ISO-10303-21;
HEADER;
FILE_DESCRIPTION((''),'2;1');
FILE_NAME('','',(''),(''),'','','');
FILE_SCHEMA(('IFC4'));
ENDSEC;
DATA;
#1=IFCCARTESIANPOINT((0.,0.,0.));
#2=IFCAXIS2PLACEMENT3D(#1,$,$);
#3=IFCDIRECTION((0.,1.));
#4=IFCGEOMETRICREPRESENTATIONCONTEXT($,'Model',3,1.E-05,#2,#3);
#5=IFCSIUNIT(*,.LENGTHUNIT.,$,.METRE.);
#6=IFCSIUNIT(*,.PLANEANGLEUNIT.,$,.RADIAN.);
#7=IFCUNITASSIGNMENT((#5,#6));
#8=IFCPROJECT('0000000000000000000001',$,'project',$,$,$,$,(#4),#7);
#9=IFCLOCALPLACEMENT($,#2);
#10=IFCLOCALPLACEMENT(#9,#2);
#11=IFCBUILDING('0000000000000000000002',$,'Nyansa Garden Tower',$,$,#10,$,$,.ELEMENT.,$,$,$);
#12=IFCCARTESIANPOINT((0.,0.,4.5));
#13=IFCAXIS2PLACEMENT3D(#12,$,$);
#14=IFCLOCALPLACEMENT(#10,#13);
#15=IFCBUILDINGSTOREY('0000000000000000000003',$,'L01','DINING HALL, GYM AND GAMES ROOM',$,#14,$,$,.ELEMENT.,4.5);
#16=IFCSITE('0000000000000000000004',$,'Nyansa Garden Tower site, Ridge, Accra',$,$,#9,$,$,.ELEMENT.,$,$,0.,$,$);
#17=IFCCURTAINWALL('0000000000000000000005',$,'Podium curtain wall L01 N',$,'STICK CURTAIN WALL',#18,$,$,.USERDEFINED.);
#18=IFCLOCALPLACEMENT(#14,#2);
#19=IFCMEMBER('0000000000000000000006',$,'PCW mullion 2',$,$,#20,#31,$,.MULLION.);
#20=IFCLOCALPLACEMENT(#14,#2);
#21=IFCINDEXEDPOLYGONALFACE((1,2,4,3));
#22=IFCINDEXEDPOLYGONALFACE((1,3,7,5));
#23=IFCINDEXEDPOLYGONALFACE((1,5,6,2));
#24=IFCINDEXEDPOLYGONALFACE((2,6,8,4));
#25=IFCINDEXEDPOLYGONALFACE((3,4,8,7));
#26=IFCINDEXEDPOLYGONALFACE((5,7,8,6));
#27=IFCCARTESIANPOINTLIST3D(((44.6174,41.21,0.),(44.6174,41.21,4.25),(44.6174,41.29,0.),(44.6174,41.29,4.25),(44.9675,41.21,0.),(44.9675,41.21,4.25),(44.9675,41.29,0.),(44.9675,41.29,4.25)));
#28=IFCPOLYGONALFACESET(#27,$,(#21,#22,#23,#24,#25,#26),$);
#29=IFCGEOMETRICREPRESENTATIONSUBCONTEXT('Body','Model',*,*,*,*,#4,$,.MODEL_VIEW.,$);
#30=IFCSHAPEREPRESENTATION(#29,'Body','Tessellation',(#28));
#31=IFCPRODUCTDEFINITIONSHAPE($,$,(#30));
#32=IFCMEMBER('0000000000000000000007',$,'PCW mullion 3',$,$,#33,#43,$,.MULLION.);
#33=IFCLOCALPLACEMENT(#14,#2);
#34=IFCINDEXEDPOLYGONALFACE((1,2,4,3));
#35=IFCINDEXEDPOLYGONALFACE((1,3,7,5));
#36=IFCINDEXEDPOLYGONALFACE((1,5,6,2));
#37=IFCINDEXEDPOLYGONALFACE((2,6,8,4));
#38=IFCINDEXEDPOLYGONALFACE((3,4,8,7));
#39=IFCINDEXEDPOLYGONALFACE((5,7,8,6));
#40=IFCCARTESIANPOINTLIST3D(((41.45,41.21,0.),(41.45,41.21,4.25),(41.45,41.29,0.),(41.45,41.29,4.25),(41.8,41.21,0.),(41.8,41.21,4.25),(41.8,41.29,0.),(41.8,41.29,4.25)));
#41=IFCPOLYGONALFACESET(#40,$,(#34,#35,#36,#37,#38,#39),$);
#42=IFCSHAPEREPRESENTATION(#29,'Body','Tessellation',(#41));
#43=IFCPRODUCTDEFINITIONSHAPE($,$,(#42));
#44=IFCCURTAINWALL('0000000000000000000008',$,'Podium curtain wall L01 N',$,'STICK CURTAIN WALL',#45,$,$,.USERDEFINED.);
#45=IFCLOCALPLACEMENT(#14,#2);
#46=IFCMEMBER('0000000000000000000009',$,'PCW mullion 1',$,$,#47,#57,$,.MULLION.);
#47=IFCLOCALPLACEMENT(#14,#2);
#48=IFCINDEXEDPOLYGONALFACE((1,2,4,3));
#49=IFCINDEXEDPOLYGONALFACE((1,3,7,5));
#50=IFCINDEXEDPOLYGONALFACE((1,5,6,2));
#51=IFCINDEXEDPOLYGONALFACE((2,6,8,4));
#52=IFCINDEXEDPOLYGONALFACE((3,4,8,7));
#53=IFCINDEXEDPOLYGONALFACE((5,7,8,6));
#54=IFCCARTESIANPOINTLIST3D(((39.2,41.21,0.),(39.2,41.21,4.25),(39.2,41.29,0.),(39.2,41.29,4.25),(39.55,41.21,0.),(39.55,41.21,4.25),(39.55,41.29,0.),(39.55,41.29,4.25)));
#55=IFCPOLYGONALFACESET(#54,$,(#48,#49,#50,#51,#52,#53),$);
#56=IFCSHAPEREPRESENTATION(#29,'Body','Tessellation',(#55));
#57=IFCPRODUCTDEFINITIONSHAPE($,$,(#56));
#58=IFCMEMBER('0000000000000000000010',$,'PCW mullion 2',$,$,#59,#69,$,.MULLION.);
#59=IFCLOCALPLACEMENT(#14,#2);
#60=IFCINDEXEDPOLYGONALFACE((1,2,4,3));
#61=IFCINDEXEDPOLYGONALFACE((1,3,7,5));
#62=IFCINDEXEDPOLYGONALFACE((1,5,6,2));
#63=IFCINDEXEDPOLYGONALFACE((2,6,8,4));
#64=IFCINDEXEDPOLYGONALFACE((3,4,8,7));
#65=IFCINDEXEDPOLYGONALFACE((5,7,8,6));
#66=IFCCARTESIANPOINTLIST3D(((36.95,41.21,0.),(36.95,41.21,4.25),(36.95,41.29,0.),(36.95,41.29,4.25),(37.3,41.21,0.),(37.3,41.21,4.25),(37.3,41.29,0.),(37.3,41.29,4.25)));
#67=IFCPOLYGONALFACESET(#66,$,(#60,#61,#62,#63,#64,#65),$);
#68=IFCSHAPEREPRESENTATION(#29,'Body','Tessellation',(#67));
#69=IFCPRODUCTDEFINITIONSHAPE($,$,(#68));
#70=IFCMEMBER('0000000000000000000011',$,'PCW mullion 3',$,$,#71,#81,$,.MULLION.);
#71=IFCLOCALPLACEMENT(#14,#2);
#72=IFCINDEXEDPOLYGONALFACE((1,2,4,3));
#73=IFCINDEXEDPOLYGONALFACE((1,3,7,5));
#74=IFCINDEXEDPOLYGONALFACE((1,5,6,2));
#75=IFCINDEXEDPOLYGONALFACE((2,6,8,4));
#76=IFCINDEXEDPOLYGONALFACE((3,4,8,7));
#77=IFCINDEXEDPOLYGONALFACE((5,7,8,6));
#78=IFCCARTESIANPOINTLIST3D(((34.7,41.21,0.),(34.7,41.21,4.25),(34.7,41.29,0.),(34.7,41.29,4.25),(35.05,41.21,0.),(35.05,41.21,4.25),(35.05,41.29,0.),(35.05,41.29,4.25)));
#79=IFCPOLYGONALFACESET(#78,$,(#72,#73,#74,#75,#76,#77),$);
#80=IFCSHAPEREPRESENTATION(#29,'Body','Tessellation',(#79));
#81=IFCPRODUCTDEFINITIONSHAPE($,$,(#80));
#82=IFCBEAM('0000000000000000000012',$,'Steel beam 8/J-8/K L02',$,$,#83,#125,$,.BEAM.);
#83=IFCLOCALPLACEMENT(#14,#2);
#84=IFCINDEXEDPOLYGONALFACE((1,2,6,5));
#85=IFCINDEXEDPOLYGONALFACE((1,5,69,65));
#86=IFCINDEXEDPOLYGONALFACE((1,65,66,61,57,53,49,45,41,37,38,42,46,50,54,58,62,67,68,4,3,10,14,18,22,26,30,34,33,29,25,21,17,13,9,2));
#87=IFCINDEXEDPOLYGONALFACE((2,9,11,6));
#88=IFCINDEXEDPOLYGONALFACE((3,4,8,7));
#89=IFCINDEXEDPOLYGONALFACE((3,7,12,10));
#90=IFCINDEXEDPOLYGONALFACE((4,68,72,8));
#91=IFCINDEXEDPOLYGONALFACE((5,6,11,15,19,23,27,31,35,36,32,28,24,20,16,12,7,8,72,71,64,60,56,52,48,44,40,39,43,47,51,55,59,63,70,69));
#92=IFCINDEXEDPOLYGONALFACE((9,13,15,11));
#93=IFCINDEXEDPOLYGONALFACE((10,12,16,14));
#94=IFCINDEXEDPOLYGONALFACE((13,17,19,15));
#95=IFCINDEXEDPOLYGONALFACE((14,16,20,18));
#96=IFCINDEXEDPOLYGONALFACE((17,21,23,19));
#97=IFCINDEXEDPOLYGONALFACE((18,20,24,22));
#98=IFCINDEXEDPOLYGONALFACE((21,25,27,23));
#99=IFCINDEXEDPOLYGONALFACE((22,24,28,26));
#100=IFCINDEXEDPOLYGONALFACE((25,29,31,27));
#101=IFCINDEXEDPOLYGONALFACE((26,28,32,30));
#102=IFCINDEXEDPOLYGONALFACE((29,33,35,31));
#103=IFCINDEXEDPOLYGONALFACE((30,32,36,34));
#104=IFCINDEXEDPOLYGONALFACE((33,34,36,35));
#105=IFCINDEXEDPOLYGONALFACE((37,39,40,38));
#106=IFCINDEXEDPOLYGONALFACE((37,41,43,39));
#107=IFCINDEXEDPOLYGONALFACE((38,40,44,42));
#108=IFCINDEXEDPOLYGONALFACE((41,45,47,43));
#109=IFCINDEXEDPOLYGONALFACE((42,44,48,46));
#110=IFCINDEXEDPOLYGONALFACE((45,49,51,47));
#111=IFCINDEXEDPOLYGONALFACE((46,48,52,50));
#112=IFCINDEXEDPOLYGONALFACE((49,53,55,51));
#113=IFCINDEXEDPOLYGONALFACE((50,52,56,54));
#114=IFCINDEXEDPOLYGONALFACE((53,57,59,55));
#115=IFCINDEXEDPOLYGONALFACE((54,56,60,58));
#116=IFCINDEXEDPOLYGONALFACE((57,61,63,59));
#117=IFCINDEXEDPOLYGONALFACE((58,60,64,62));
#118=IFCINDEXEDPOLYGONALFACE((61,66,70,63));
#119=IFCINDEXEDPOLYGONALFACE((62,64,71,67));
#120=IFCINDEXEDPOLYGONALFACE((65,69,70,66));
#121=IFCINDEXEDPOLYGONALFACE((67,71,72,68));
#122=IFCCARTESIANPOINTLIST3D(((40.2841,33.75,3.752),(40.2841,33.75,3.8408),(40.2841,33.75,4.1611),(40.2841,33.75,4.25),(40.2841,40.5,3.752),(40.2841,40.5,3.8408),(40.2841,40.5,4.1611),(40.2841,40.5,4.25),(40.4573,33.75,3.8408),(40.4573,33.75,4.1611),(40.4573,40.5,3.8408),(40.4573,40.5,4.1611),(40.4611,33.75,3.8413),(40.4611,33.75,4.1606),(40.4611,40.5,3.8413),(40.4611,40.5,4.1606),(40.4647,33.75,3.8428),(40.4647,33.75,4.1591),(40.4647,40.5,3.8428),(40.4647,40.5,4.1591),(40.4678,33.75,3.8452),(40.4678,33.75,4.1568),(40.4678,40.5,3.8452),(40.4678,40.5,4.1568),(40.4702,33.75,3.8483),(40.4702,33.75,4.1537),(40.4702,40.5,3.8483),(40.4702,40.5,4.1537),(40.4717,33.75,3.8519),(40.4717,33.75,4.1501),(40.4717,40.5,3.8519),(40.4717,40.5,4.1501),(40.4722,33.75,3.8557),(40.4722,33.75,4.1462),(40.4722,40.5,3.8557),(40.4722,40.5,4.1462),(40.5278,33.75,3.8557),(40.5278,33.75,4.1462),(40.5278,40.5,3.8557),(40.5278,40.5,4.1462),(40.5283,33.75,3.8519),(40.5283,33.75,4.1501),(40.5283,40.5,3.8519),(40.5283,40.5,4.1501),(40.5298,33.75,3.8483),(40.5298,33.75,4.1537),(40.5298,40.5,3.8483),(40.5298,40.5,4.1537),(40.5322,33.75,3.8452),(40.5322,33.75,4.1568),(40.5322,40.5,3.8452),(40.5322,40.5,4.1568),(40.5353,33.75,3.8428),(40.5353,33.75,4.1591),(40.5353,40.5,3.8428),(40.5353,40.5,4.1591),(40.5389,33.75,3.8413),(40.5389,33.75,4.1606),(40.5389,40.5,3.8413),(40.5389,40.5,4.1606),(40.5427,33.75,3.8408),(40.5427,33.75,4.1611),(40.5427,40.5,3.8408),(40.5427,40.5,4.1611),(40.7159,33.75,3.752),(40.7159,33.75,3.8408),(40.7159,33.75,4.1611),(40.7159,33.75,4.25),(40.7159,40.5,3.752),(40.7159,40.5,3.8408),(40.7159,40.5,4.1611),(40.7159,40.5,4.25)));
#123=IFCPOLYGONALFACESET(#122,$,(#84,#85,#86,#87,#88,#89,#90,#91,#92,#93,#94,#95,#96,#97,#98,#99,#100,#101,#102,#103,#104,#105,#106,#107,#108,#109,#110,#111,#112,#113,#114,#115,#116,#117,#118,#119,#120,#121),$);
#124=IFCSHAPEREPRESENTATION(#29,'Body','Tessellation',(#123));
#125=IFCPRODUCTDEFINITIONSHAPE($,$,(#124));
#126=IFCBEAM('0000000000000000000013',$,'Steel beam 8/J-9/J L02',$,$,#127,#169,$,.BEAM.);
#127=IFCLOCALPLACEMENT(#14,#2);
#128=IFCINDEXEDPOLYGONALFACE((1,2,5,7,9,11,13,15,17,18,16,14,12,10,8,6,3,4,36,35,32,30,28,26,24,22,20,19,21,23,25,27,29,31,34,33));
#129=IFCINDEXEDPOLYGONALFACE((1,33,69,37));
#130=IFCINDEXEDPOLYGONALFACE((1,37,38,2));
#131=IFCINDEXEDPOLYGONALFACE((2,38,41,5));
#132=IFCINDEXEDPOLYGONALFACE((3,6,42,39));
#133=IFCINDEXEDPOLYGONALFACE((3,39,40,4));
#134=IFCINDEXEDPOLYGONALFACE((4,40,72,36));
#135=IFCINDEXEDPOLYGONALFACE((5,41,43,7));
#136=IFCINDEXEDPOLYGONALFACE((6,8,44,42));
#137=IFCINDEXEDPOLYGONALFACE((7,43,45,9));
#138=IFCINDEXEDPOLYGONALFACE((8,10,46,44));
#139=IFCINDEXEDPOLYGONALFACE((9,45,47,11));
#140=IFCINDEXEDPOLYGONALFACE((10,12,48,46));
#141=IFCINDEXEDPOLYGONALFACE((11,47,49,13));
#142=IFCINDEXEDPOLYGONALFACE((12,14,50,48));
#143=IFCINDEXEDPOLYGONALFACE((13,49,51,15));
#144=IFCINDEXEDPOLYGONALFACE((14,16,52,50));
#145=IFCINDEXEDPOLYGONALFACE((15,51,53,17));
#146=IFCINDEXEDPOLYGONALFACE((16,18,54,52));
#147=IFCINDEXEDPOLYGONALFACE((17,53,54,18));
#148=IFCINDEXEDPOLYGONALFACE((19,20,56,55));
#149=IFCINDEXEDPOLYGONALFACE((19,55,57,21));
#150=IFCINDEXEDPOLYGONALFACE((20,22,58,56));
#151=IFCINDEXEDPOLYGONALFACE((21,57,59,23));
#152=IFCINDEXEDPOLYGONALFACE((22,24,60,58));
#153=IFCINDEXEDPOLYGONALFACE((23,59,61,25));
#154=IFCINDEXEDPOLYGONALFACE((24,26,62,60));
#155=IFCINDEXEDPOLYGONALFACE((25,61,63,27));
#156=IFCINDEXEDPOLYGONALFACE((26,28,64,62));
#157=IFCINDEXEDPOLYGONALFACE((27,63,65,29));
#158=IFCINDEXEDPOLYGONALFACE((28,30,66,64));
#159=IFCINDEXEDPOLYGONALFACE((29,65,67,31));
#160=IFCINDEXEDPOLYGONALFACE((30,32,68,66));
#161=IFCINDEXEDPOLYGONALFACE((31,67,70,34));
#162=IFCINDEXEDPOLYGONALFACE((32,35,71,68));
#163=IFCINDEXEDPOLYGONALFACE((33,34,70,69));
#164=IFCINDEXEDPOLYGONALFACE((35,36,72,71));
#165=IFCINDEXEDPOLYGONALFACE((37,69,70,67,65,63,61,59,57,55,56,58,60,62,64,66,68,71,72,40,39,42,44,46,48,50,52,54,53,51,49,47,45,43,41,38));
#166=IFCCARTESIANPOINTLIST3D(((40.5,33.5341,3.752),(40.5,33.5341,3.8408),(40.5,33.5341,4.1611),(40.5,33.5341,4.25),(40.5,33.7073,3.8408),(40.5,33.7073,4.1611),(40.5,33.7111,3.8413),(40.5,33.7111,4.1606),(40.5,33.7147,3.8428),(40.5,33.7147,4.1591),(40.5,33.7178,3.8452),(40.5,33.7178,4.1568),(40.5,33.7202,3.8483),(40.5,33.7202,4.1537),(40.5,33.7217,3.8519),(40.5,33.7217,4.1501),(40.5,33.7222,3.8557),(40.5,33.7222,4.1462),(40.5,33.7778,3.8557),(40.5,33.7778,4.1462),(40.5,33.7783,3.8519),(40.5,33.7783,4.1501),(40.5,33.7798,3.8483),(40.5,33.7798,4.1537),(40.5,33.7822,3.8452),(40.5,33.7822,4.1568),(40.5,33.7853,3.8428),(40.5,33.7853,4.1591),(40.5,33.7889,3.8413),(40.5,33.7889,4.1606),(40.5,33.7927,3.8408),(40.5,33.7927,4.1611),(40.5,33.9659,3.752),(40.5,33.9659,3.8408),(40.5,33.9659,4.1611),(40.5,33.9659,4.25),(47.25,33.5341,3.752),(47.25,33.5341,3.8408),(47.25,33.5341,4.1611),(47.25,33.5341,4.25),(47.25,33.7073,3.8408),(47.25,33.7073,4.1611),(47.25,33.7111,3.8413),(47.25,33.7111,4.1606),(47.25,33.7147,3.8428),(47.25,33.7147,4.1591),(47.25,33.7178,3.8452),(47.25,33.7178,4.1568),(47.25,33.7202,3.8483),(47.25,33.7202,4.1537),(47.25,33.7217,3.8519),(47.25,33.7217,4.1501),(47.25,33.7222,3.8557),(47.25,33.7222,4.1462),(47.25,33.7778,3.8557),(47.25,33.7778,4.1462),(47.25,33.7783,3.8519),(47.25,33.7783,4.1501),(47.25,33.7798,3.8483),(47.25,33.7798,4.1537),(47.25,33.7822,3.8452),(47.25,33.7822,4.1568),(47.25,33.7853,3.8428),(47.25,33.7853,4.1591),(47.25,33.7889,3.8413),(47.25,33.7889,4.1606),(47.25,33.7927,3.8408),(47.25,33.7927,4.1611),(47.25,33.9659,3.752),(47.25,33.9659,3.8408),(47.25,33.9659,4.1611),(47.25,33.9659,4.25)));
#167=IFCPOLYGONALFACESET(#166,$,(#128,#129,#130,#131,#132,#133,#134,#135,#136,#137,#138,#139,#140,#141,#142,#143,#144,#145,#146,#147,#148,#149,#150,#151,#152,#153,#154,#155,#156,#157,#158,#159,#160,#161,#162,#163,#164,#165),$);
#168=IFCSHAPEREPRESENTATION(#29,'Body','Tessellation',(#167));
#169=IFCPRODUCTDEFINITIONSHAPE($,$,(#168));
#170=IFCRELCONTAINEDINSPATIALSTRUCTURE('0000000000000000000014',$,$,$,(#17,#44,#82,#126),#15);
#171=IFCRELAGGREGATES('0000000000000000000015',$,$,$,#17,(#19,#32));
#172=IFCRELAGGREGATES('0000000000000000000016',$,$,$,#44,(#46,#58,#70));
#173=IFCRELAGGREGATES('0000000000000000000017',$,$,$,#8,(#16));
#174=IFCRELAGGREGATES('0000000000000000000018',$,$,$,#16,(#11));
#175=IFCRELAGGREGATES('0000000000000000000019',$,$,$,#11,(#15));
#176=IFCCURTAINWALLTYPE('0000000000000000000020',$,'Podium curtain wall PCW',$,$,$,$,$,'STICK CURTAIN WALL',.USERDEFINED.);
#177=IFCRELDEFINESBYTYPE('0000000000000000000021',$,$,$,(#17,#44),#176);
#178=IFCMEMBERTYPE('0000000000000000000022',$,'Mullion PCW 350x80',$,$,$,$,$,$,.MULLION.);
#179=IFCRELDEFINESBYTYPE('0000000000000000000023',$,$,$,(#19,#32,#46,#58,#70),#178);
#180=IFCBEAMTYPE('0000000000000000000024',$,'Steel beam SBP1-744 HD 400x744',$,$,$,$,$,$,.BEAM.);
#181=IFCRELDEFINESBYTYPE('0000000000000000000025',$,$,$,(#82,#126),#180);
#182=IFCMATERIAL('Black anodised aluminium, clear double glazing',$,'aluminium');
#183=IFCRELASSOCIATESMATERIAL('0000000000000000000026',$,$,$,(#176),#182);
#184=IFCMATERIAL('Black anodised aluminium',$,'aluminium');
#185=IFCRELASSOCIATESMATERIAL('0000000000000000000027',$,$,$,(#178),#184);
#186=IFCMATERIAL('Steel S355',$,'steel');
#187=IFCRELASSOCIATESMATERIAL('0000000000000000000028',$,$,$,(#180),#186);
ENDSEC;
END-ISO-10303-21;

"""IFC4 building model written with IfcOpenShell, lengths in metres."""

from ifc_helpers import new_model, si_unit, direction, frame, origin, origin_2d, place, context, subcontext, project, spatial, rectangle, i_section, extrude, material, material_profile, profile_set, type_object, element, aggregate, save


model = new_model("IFC4")

# Units and contexts
model_context = context("Model", 3, precision=1e-05, world=origin(), true_north=direction((0.0, 1.0)))
body_context = subcontext(model_context, "Body", "Model", "MODEL_VIEW")
ifc_project = project(units=[si_unit("LENGTHUNIT", "METRE"), si_unit("PLANEANGLEUNIT", "RADIAN")], contexts=[model_context])

# Site, building, storey
site_placement = place(None, origin())
site = spatial("IfcSite", under=ifc_project, at=site_placement, Name="Nyansa Garden Tower site, Ridge, Accra", CompositionType="ELEMENT", RefElevation=0.0)
building_placement = place(site_placement, origin())
building = spatial("IfcBuilding", under=site, at=building_placement, Name="Nyansa Garden Tower", CompositionType="ELEMENT")
storey_placement = place(building_placement, frame((0.0, 0.0, 4.5)))
storey = spatial("IfcBuildingStorey", under=building, at=storey_placement, Name="L01", Description="DINING HALL, GYM AND GAMES ROOM", CompositionType="ELEMENT", Elevation=4.5)

# Curtain walls, members
ifc_material_1 = material(Name="Black anodised aluminium, clear double glazing", Category="aluminium")
curtain_wall_type = type_object("IfcCurtainWallType", Name="Podium curtain wall PCW", ElementType="STICK CURTAIN WALL", PredefinedType="USERDEFINED", material=ifc_material_1)
ifc_material_2 = material(Name="Black anodised aluminium", Category="aluminium")
ifc_material_profile_1 = material_profile(ifc_material_2, rectangle(XDim=0.0801, YDim=0.3501, at=origin_2d()), Name="Mullion 350x80")
ifc_profile_set_1 = profile_set([ifc_material_profile_1], Name="Black anodised aluminium")
member_type_1 = type_object("IfcMemberType", Name="Mullion PCW 350x80", PredefinedType="MULLION", material=ifc_profile_set_1)
curtain_wall_1_placement = place(storey_placement, origin())
curtain_wall_1 = element("IfcCurtainWall", 1, at=curtain_wall_1_placement, inside=storey, type_object=curtain_wall_type, Name="Podium curtain wall L01 N", ObjectType="STICK CURTAIN WALL", PredefinedType="USERDEFINED")
member_1_placement = place(storey_placement, frame((44.7925, 41.25, 0.0), z_axis=(0.0, 0.0, 1.0), x_axis=(0.0, -1.0, 0.0)))
member_1 = element("IfcMember", 2, at=member_1_placement, type_object=member_type_1, Name="PCW mullion 2", PredefinedType="MULLION", context=body_context, shape_type="SweptSolid", body=[
    extrude(rectangle(XDim=0.0801, YDim=0.3501, at=origin_2d()), origin(), (0.0, 0.0, 1.0), 4.25),
])
member_2_placement = place(storey_placement, frame((41.625, 41.25, 0.0), z_axis=(0.0, 0.0, 1.0), x_axis=(0.0, -1.0, 0.0)))
member_2 = element("IfcMember", 3, at=member_2_placement, type_object=member_type_1, Name="PCW mullion 3", PredefinedType="MULLION", context=body_context, shape_type="SweptSolid", body=[
    extrude(rectangle(XDim=0.0801, YDim=0.3501, at=origin_2d()), origin(), (0.0, 0.0, 1.0), 4.25),
])
curtain_wall_2_placement = place(storey_placement, origin())
curtain_wall_2 = element("IfcCurtainWall", 4, at=curtain_wall_2_placement, inside=storey, type_object=curtain_wall_type, Name="Podium curtain wall L01 N", ObjectType="STICK CURTAIN WALL", PredefinedType="USERDEFINED")
member_3_placement = place(storey_placement, frame((39.375, 41.25, 0.0), z_axis=(0.0, 0.0, 1.0), x_axis=(0.0, -1.0, 0.0)))
member_3 = element("IfcMember", 5, at=member_3_placement, type_object=member_type_1, Name="PCW mullion 1", PredefinedType="MULLION", context=body_context, shape_type="SweptSolid", body=[
    extrude(rectangle(XDim=0.0801, YDim=0.3501, at=origin_2d()), origin(), (0.0, 0.0, 1.0), 4.25),
])
member_4_placement = place(storey_placement, frame((37.125, 41.25, 0.0), z_axis=(0.0, 0.0, 1.0), x_axis=(0.0, -1.0, 0.0)))
member_4 = element("IfcMember", 6, at=member_4_placement, type_object=member_type_1, Name="PCW mullion 2", PredefinedType="MULLION", context=body_context, shape_type="SweptSolid", body=[
    extrude(rectangle(XDim=0.0801, YDim=0.3501, at=origin_2d()), origin(), (0.0, 0.0, 1.0), 4.25),
])
member_5_placement = place(storey_placement, frame((34.875, 41.25, 0.0), z_axis=(0.0, 0.0, 1.0), x_axis=(0.0, -1.0, 0.0)))
member_5 = element("IfcMember", 7, at=member_5_placement, type_object=member_type_1, Name="PCW mullion 3", PredefinedType="MULLION", context=body_context, shape_type="SweptSolid", body=[
    extrude(rectangle(XDim=0.0801, YDim=0.3501, at=origin_2d()), origin(), (0.0, 0.0, 1.0), 4.25),
])

# Beams
ifc_material_3 = material(Name="Steel S355", Category="steel")
ifc_material_profile_2 = material_profile(ifc_material_3, i_section(OverallWidth=0.4319, OverallDepth=0.498, WebThickness=0.0557, FlangeThickness=0.0889, FilletRadius=0.0149, at=origin_2d()), Name="HD 400x744")
ifc_profile_set_2 = profile_set([ifc_material_profile_2], Name="Steel S355")
beam_type_1 = type_object("IfcBeamType", Name="Steel beam SBP1-744 HD 400x744", PredefinedType="BEAM", material=ifc_profile_set_2)
for number, where, z_axis, x_axis, name in (
    (8, (40.5, 33.75, 4.001), (0.0, 1.0, 0.0), (-1.0, 0.0, 0.0), "Steel beam 8/J-8/K L02"),
    (9, (40.5, 33.75, 4.001), (1.0, 0.0, 0.0), (0.0, 1.0, 0.0), "Steel beam 8/J-9/J L02"),
):
    element("IfcBeam", number, at=place(storey_placement, frame(where, z_axis=z_axis, x_axis=x_axis)), inside=storey, type_object=beam_type_1, Name=name, PredefinedType="BEAM", context=body_context, shape_type="SweptSolid", body=[
        extrude(i_section(OverallWidth=0.4319, OverallDepth=0.498, WebThickness=0.0557, FlangeThickness=0.0889, FilletRadius=0.0149, at=origin_2d()), origin(), (0.0, 0.0, 1.0), 6.75),
    ])

aggregate(curtain_wall_1, [member_1, member_2])
aggregate(curtain_wall_2, [member_3, member_4, member_5])

save(model, "model.ifc")
